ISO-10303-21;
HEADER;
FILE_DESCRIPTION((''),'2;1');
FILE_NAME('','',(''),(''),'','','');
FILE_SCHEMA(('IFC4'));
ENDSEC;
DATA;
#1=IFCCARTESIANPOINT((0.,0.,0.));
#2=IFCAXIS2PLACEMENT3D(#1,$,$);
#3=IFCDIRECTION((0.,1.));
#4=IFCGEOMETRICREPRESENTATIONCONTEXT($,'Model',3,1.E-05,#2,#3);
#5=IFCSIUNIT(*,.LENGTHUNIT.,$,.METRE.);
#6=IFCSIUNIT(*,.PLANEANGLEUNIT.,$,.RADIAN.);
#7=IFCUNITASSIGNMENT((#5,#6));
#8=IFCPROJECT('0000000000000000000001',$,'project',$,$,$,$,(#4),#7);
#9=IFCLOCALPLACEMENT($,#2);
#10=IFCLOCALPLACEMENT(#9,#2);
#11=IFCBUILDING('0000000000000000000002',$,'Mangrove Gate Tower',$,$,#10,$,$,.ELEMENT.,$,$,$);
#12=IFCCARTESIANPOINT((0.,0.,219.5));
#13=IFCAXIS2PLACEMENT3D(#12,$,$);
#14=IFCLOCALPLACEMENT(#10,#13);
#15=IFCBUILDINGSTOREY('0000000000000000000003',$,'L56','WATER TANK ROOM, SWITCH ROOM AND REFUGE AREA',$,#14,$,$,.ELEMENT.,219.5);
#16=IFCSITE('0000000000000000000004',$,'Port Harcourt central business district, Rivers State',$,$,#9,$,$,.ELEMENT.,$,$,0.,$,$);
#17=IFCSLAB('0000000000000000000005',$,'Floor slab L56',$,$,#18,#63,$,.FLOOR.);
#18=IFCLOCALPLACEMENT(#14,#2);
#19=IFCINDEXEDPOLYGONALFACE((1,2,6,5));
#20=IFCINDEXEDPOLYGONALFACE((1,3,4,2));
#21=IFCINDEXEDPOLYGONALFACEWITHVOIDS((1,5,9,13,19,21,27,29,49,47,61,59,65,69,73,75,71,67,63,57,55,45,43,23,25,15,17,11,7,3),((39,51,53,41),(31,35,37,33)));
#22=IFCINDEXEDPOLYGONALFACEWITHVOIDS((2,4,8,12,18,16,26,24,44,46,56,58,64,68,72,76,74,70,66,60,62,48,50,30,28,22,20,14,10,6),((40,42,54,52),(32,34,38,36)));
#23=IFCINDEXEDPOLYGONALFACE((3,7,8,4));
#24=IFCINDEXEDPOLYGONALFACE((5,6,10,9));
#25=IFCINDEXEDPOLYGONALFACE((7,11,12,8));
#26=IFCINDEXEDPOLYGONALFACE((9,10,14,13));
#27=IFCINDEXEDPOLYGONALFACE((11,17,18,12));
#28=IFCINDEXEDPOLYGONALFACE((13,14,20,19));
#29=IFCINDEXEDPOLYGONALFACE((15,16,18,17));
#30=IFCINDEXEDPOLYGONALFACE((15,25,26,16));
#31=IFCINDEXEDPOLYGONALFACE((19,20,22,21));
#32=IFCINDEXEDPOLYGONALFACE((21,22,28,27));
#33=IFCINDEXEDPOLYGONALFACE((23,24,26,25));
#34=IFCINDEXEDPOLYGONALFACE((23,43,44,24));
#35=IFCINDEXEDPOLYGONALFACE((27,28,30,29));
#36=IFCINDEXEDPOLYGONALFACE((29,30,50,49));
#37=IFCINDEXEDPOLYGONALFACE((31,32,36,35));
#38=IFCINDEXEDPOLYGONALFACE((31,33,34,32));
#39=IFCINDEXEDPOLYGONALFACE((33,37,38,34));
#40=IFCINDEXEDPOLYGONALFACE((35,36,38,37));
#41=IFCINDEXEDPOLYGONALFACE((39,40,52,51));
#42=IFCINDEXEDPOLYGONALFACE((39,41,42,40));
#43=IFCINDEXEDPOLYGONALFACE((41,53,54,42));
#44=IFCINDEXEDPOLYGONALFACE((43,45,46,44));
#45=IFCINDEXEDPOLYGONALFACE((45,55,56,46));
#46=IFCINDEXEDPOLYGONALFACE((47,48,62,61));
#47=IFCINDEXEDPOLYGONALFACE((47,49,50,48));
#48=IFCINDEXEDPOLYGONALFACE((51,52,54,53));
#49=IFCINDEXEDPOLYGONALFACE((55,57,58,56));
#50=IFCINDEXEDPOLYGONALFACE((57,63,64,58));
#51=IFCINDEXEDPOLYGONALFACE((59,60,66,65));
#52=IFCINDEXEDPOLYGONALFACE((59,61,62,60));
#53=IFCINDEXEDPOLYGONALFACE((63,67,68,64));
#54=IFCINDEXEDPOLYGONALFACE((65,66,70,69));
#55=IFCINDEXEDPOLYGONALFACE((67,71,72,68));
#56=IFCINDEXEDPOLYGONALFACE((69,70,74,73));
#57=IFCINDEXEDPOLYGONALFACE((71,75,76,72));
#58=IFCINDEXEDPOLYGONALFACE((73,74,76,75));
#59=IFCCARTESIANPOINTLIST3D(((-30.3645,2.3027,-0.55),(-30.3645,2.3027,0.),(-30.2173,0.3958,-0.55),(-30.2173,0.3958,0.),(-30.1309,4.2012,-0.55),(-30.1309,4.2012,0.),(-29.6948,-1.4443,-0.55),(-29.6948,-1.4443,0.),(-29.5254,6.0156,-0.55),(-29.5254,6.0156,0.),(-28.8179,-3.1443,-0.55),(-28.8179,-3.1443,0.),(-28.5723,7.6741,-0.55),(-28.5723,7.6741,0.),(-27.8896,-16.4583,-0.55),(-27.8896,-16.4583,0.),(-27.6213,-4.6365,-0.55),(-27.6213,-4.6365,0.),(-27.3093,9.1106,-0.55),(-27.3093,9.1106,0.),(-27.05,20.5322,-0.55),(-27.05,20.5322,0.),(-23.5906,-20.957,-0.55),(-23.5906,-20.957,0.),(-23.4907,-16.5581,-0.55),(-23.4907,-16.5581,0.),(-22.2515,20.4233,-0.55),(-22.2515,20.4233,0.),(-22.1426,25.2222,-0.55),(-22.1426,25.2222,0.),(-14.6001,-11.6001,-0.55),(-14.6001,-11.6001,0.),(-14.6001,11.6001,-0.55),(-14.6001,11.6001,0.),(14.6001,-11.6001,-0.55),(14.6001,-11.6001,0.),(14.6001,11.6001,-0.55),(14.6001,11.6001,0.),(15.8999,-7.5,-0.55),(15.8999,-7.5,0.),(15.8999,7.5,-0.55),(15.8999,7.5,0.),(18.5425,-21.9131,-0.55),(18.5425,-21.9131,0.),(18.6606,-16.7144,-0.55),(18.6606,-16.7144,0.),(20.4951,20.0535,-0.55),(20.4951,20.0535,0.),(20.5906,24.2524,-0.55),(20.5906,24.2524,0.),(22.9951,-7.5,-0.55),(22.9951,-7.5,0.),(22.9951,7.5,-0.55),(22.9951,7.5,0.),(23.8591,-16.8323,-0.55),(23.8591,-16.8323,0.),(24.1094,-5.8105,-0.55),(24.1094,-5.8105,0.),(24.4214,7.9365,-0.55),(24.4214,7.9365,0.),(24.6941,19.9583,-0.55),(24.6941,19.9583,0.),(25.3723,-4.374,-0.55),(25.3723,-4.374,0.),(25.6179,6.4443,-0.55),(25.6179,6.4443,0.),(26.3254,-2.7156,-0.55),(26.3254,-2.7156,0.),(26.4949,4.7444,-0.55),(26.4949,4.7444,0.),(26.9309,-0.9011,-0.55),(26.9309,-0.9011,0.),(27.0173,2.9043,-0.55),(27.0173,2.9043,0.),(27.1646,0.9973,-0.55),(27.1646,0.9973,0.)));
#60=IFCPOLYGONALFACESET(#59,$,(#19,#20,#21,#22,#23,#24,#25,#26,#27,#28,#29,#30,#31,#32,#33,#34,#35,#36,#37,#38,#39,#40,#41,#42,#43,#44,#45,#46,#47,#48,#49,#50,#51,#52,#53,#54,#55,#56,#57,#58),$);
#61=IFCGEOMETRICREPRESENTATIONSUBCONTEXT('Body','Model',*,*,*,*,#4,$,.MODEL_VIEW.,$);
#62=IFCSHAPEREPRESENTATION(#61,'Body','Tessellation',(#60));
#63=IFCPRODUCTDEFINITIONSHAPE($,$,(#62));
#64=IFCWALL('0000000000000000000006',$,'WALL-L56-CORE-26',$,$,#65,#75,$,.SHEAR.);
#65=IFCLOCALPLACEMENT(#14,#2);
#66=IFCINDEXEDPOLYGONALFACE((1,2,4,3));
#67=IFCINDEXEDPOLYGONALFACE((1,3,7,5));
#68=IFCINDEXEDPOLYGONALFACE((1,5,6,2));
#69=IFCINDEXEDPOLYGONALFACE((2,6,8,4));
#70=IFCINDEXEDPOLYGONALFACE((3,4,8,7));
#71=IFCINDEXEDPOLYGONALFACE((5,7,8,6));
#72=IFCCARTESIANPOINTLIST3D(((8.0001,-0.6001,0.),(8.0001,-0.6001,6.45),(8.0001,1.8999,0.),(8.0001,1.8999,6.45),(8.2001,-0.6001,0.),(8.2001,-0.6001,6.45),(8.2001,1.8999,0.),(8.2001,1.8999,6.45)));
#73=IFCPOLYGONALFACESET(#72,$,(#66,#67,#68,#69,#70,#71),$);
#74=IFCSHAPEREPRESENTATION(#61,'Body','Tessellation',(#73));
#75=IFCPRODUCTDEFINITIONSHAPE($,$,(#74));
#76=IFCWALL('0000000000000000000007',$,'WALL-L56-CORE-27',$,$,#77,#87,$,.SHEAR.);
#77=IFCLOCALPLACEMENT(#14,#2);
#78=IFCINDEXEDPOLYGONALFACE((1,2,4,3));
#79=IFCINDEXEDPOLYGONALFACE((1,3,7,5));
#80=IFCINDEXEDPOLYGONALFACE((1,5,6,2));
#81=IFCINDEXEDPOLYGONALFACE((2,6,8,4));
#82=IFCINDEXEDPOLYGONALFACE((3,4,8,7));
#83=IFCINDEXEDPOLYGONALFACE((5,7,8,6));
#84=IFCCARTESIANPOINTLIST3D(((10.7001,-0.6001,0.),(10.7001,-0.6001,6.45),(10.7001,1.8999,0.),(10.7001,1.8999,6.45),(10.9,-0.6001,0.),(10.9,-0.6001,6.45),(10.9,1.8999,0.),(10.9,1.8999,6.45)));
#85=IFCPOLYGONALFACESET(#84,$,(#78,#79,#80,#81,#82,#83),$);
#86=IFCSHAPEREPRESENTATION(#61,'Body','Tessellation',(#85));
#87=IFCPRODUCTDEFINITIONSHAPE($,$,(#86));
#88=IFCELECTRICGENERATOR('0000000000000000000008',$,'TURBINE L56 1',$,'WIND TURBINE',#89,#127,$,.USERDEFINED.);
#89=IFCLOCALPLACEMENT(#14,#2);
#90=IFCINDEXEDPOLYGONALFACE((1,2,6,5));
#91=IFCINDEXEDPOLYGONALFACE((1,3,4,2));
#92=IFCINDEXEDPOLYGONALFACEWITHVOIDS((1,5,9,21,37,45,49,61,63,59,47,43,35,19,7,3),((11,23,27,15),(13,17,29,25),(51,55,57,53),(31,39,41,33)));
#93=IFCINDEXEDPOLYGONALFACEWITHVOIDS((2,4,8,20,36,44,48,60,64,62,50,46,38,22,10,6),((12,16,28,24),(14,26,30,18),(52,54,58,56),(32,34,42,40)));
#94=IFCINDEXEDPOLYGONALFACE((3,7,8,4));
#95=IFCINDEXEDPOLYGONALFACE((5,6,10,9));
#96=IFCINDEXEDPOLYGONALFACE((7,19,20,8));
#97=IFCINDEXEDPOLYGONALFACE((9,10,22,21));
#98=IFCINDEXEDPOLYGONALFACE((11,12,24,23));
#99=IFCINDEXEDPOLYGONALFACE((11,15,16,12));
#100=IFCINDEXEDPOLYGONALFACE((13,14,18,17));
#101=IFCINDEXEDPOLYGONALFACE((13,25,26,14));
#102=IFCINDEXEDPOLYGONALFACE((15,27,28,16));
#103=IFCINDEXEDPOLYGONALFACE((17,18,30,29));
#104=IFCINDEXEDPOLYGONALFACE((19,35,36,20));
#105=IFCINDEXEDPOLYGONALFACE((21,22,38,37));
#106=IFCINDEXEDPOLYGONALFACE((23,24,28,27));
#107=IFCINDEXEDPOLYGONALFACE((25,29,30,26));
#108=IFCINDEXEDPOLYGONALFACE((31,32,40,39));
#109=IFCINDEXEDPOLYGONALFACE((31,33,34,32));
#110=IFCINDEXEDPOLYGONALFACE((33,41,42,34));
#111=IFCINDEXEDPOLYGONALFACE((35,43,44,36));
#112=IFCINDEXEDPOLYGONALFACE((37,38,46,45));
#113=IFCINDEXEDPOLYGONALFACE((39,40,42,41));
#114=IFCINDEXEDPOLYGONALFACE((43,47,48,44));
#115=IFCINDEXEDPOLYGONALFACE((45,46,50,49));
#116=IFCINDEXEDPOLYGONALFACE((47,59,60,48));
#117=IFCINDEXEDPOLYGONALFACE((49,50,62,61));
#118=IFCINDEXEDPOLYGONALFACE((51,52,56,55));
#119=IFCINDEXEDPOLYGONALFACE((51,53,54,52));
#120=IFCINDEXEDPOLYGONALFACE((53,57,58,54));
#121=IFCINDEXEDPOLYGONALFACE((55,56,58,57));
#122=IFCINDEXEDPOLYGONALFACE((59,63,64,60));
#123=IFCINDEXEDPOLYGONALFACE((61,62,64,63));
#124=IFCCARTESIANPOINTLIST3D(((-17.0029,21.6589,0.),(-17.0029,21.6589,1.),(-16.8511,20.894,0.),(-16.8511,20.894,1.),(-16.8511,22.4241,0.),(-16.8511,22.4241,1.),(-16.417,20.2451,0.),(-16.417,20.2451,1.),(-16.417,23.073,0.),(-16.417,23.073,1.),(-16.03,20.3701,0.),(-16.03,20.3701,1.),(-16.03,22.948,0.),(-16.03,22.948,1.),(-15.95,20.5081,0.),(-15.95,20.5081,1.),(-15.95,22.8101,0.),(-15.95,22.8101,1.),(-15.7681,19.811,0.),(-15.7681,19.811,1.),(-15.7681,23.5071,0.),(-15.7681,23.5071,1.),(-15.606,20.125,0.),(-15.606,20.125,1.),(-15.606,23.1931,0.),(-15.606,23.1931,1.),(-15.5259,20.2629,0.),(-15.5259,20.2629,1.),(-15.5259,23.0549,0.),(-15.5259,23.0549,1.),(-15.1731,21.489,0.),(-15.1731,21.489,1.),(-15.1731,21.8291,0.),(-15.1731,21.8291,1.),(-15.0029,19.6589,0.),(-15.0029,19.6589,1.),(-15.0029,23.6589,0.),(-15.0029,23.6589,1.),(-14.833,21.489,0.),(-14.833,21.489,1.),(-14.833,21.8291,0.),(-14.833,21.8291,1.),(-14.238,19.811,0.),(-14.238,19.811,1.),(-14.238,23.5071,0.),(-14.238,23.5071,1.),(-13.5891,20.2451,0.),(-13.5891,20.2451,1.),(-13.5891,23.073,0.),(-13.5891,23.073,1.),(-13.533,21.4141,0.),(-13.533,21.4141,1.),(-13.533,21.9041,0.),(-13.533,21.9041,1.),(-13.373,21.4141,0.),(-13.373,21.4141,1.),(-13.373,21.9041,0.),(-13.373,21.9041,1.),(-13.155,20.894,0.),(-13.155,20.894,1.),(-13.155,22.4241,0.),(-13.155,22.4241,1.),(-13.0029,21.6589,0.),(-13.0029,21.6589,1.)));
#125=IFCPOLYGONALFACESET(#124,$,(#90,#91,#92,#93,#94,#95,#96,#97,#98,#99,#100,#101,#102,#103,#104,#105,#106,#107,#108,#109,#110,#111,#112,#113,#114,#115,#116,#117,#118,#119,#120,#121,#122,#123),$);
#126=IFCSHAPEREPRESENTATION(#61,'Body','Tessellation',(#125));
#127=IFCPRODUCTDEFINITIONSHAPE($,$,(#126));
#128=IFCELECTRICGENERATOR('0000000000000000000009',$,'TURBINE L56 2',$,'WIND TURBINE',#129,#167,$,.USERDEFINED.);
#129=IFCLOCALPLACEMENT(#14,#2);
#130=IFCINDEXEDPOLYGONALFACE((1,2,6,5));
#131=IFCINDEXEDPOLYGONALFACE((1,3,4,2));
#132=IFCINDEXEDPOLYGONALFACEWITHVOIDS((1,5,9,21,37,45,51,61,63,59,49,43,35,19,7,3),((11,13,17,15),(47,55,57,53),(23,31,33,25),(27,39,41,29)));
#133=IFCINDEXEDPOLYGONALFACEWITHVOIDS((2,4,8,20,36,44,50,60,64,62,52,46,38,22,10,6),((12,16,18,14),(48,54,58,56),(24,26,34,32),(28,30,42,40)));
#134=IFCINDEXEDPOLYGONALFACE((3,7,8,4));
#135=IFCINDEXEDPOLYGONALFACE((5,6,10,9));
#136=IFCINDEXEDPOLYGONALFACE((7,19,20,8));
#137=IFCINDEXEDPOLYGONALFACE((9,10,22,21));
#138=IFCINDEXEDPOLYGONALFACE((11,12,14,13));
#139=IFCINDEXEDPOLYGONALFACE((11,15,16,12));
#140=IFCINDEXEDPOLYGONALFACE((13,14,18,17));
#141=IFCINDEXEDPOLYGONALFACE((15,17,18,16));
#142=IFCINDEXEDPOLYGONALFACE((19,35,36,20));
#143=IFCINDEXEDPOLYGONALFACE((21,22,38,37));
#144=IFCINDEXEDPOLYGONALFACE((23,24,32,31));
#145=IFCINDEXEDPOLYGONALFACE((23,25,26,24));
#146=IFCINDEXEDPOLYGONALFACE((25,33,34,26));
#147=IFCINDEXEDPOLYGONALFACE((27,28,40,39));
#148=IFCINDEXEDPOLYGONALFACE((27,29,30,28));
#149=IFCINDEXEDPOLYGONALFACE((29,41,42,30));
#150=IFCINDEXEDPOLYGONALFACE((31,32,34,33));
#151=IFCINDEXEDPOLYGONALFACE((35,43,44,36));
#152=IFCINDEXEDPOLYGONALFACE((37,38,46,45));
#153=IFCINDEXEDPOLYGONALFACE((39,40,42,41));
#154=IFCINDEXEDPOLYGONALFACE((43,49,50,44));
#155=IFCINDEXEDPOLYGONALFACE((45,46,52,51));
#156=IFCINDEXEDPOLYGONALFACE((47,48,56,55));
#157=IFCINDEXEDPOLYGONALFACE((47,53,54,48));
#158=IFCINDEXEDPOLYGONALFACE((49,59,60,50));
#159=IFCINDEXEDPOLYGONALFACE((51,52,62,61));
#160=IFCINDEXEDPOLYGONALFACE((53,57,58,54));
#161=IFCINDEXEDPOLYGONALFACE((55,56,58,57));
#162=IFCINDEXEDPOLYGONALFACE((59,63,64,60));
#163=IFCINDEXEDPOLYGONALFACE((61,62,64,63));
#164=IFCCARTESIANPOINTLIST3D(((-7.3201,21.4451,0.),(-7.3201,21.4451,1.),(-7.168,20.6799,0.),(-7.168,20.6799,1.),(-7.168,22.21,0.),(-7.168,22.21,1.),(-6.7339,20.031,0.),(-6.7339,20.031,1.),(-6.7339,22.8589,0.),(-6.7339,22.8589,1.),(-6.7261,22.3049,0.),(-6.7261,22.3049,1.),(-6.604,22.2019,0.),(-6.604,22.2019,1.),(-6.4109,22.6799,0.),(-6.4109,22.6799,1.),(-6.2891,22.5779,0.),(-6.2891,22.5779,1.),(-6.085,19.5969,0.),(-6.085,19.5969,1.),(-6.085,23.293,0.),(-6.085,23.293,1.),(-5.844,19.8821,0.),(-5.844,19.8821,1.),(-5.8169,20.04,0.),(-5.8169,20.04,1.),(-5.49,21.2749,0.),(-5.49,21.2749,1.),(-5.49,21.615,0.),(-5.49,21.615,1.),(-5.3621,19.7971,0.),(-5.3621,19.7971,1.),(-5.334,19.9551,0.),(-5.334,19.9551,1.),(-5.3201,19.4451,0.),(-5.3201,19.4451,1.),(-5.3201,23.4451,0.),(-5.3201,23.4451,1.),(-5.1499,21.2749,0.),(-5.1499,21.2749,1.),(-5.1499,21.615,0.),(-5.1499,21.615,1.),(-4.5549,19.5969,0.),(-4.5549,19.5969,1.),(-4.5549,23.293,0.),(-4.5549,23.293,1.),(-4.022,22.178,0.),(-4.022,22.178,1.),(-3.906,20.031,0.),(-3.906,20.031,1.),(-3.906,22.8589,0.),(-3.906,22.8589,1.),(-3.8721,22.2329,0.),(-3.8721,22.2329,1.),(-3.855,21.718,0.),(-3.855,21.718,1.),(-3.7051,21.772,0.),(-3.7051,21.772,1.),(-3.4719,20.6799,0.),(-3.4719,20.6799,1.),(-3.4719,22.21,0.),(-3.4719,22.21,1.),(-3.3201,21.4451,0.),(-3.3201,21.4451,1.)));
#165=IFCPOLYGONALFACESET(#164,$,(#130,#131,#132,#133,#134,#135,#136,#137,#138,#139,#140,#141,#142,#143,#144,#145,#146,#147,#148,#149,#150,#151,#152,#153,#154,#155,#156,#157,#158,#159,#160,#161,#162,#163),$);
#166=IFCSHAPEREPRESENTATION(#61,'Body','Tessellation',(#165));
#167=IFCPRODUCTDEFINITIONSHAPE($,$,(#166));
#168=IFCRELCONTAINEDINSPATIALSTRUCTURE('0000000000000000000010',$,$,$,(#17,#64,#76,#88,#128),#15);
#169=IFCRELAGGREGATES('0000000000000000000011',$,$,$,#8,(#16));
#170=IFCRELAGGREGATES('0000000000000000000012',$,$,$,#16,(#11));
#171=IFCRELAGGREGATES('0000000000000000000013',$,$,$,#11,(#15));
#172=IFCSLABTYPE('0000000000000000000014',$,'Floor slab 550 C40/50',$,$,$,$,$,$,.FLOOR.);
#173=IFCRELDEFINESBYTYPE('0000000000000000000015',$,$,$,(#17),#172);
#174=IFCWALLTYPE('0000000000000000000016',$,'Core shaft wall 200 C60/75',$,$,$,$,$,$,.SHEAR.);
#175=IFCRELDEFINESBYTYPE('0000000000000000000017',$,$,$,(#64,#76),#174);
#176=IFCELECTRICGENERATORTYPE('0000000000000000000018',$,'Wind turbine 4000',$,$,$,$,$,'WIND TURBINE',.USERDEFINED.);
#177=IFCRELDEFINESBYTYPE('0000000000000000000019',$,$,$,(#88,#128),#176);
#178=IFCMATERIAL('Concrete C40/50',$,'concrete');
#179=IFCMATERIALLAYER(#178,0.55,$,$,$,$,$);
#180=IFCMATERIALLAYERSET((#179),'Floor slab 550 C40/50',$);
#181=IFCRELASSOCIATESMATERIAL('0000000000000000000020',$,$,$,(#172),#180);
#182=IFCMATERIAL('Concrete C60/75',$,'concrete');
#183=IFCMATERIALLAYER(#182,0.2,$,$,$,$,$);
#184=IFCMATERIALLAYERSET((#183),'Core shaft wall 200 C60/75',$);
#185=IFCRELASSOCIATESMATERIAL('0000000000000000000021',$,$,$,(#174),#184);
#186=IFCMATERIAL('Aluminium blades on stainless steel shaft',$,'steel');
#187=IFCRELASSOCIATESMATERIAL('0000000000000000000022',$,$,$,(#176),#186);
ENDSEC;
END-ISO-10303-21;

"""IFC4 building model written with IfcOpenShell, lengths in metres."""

from ifc_helpers import new_model, si_unit, direction, frame, frame_2d, origin, place, context, subcontext, project, spatial, polyline, rectangle, outline, extrude, material, layer, layer_set, type_object, element, save


model = new_model("IFC4")

# Units and contexts
model_context = context("Model", 3, precision=1e-05, world=origin(), true_north=direction((0.0, 1.0)))
body_context = subcontext(model_context, "Body", "Model", "MODEL_VIEW")
ifc_project = project(units=[si_unit("LENGTHUNIT", "METRE"), si_unit("PLANEANGLEUNIT", "RADIAN")], contexts=[model_context])

# Site, building, storey
site_placement = place(None, origin())
site = spatial("IfcSite", under=ifc_project, at=site_placement, Name="Port Harcourt central business district, Rivers State", CompositionType="ELEMENT", RefElevation=0.0)
building_placement = place(site_placement, origin())
building = spatial("IfcBuilding", under=site, at=building_placement, Name="Mangrove Gate Tower", CompositionType="ELEMENT")
storey_placement = place(building_placement, frame((0.0, 0.0, 219.5)))
storey = spatial("IfcBuildingStorey", under=building, at=storey_placement, Name="L56", Description="WATER TANK ROOM, SWITCH ROOM AND REFUGE AREA", CompositionType="ELEMENT", Elevation=219.5)

# Slab
ifc_material_1 = material(Name="Concrete C40/50", Category="concrete")
ifc_layer_1 = layer(ifc_material_1, 0.55)
ifc_layer_set_1 = layer_set([ifc_layer_1], Name="Floor slab 550 C40/50")
slab_type_1 = type_object("IfcSlabType", Name="Floor slab 550 C40/50", PredefinedType="FLOOR", material=ifc_layer_set_1)
slab_1_placement = place(storey_placement, frame((0.0, 0.0, -0.55)))
element("IfcSlab", 1, at=slab_1_placement, inside=storey, type_object=slab_type_1, Name="Floor slab L56", PredefinedType="FLOOR", context=body_context, shape_type="SweptSolid", body=[
    extrude(outline(polyline([(-23.5906, -20.957), (18.5425, -21.9131), (18.6606, -16.7144), (23.8591, -16.8323), (24.1094, -5.8105), (25.3723, -4.374), (26.3254, -2.7156), (26.9309, -0.9011), (27.1646, 0.9973), (27.0173, 2.9043), (26.4949, 4.7444), (25.6179, 6.4443), (24.4214, 7.9365), (24.6941, 19.9583), (20.4951, 20.0535), (20.5906, 24.2524), (-22.1426, 25.2222), (-22.2515, 20.4233), (-27.05, 20.5322), (-27.3093, 9.1106), (-28.5723, 7.6741), (-29.5254, 6.0156), (-30.1309, 4.2012), (-30.3645, 2.3027), (-30.2173, 0.3958), (-29.6948, -1.4443), (-28.8179, -3.1443), (-27.6213, -4.6365), (-27.8896, -16.4583), (-23.4907, -16.5581), (-23.5906, -20.957)]), holes=[polyline([(15.8999, 7.5), (22.9951, 7.5), (22.9951, -7.5), (15.8999, -7.5), (15.8999, 7.5)]), polyline([(-14.6001, -11.6001), (-14.6001, 11.6001), (14.6001, 11.6001), (14.6001, -11.6001), (-14.6001, -11.6001)])]), origin(), (0.0, 0.0, 1.0), 0.55),
])

# Walls
ifc_material_2 = material(Name="Concrete C60/75", Category="concrete")
ifc_layer_2 = layer(ifc_material_2, 0.2)
ifc_layer_set_2 = layer_set([ifc_layer_2], Name="Core shaft wall 200 C60/75")
wall_type = type_object("IfcWallType", Name="Core shaft wall 200 C60/75", PredefinedType="SHEAR", material=ifc_layer_set_2)
for number, where, z_axis, x_axis, name in (
    (2, (8.1001, -0.6001, 0.0), (0.0, 0.0, 1.0), (0.0, 1.0, 0.0), "WALL-L56-CORE-26"),
    (3, (10.8, -0.6001, 0.0), (0.0, 0.0, 1.0), (0.0, 1.0, 0.0), "WALL-L56-CORE-27"),
):
    element("IfcWall", number, at=place(storey_placement, frame(where, z_axis=z_axis, x_axis=x_axis)), inside=storey, type_object=wall_type, Name=name, PredefinedType="SHEAR", context=body_context, shape_type="SweptSolid", body=[
        extrude(rectangle(XDim=2.5, YDim=0.2, at=frame_2d((1.25, 0.0))), origin(), (0.0, 0.0, 1.0), 6.45),
    ])

# Electric generators
ifc_material_3 = material(Name="Aluminium blades on stainless steel shaft", Category="steel")
electric_generator_type = type_object("IfcElectricGeneratorType", Name="Wind turbine 4000", ElementType="WIND TURBINE", PredefinedType="USERDEFINED", material=ifc_material_3)
electric_generator_1_placement = place(storey_placement, origin())
element("IfcElectricGenerator", 4, at=electric_generator_1_placement, inside=storey, type_object=electric_generator_type, Name="TURBINE L56 1", ObjectType="WIND TURBINE", PredefinedType="USERDEFINED", context=body_context, shape_type="SweptSolid", body=[
    extrude(outline(polyline([(-13.0029, 21.6589), (-13.155, 22.4241), (-13.5891, 23.073), (-14.238, 23.5071), (-15.0029, 23.6589), (-15.7681, 23.5071), (-16.417, 23.073), (-16.8511, 22.4241), (-17.0029, 21.6589), (-16.8511, 20.894), (-16.417, 20.2451), (-15.7681, 19.811), (-15.0029, 19.6589), (-14.238, 19.811), (-13.5891, 20.2451), (-13.155, 20.894), (-13.0029, 21.6589)]), holes=[polyline([(-15.1731, 21.489), (-14.833, 21.489), (-14.833, 21.8291), (-15.1731, 21.8291), (-15.1731, 21.489)]), polyline([(-13.533, 21.4141), (-13.533, 21.9041), (-13.373, 21.9041), (-13.373, 21.4141), (-13.533, 21.4141)]), polyline([(-15.5259, 23.0549), (-15.95, 22.8101), (-16.03, 22.948), (-15.606, 23.1931), (-15.5259, 23.0549)]), polyline([(-15.95, 20.5081), (-15.5259, 20.2629), (-15.606, 20.125), (-16.03, 20.3701), (-15.95, 20.5081)])]), origin(), (0.0, 0.0, 1.0), 1.0),
])
electric_generator_2_placement = place(storey_placement, origin())
element("IfcElectricGenerator", 5, at=electric_generator_2_placement, inside=storey, type_object=electric_generator_type, Name="TURBINE L56 2", ObjectType="WIND TURBINE", PredefinedType="USERDEFINED", context=body_context, shape_type="SweptSolid", body=[
    extrude(outline(polyline([(-3.3201, 21.4451), (-3.4719, 22.21), (-3.906, 22.8589), (-4.5549, 23.293), (-5.3201, 23.4451), (-6.085, 23.293), (-6.7339, 22.8589), (-7.168, 22.21), (-7.3201, 21.4451), (-7.168, 20.6799), (-6.7339, 20.031), (-6.085, 19.5969), (-5.3201, 19.4451), (-4.5549, 19.5969), (-3.906, 20.031), (-3.4719, 20.6799), (-3.3201, 21.4451)]), holes=[polyline([(-5.49, 21.2749), (-5.1499, 21.2749), (-5.1499, 21.615), (-5.49, 21.615), (-5.49, 21.2749)]), polyline([(-3.855, 21.718), (-4.022, 22.178), (-3.8721, 22.2329), (-3.7051, 21.772), (-3.855, 21.718)]), polyline([(-6.2891, 22.5779), (-6.604, 22.2019), (-6.7261, 22.3049), (-6.4109, 22.6799), (-6.2891, 22.5779)]), polyline([(-5.8169, 20.04), (-5.334, 19.9551), (-5.3621, 19.7971), (-5.844, 19.8821), (-5.8169, 20.04)])]), origin(), (0.0, 0.0, 1.0), 1.0),
])

save(model, "model.ifc")
